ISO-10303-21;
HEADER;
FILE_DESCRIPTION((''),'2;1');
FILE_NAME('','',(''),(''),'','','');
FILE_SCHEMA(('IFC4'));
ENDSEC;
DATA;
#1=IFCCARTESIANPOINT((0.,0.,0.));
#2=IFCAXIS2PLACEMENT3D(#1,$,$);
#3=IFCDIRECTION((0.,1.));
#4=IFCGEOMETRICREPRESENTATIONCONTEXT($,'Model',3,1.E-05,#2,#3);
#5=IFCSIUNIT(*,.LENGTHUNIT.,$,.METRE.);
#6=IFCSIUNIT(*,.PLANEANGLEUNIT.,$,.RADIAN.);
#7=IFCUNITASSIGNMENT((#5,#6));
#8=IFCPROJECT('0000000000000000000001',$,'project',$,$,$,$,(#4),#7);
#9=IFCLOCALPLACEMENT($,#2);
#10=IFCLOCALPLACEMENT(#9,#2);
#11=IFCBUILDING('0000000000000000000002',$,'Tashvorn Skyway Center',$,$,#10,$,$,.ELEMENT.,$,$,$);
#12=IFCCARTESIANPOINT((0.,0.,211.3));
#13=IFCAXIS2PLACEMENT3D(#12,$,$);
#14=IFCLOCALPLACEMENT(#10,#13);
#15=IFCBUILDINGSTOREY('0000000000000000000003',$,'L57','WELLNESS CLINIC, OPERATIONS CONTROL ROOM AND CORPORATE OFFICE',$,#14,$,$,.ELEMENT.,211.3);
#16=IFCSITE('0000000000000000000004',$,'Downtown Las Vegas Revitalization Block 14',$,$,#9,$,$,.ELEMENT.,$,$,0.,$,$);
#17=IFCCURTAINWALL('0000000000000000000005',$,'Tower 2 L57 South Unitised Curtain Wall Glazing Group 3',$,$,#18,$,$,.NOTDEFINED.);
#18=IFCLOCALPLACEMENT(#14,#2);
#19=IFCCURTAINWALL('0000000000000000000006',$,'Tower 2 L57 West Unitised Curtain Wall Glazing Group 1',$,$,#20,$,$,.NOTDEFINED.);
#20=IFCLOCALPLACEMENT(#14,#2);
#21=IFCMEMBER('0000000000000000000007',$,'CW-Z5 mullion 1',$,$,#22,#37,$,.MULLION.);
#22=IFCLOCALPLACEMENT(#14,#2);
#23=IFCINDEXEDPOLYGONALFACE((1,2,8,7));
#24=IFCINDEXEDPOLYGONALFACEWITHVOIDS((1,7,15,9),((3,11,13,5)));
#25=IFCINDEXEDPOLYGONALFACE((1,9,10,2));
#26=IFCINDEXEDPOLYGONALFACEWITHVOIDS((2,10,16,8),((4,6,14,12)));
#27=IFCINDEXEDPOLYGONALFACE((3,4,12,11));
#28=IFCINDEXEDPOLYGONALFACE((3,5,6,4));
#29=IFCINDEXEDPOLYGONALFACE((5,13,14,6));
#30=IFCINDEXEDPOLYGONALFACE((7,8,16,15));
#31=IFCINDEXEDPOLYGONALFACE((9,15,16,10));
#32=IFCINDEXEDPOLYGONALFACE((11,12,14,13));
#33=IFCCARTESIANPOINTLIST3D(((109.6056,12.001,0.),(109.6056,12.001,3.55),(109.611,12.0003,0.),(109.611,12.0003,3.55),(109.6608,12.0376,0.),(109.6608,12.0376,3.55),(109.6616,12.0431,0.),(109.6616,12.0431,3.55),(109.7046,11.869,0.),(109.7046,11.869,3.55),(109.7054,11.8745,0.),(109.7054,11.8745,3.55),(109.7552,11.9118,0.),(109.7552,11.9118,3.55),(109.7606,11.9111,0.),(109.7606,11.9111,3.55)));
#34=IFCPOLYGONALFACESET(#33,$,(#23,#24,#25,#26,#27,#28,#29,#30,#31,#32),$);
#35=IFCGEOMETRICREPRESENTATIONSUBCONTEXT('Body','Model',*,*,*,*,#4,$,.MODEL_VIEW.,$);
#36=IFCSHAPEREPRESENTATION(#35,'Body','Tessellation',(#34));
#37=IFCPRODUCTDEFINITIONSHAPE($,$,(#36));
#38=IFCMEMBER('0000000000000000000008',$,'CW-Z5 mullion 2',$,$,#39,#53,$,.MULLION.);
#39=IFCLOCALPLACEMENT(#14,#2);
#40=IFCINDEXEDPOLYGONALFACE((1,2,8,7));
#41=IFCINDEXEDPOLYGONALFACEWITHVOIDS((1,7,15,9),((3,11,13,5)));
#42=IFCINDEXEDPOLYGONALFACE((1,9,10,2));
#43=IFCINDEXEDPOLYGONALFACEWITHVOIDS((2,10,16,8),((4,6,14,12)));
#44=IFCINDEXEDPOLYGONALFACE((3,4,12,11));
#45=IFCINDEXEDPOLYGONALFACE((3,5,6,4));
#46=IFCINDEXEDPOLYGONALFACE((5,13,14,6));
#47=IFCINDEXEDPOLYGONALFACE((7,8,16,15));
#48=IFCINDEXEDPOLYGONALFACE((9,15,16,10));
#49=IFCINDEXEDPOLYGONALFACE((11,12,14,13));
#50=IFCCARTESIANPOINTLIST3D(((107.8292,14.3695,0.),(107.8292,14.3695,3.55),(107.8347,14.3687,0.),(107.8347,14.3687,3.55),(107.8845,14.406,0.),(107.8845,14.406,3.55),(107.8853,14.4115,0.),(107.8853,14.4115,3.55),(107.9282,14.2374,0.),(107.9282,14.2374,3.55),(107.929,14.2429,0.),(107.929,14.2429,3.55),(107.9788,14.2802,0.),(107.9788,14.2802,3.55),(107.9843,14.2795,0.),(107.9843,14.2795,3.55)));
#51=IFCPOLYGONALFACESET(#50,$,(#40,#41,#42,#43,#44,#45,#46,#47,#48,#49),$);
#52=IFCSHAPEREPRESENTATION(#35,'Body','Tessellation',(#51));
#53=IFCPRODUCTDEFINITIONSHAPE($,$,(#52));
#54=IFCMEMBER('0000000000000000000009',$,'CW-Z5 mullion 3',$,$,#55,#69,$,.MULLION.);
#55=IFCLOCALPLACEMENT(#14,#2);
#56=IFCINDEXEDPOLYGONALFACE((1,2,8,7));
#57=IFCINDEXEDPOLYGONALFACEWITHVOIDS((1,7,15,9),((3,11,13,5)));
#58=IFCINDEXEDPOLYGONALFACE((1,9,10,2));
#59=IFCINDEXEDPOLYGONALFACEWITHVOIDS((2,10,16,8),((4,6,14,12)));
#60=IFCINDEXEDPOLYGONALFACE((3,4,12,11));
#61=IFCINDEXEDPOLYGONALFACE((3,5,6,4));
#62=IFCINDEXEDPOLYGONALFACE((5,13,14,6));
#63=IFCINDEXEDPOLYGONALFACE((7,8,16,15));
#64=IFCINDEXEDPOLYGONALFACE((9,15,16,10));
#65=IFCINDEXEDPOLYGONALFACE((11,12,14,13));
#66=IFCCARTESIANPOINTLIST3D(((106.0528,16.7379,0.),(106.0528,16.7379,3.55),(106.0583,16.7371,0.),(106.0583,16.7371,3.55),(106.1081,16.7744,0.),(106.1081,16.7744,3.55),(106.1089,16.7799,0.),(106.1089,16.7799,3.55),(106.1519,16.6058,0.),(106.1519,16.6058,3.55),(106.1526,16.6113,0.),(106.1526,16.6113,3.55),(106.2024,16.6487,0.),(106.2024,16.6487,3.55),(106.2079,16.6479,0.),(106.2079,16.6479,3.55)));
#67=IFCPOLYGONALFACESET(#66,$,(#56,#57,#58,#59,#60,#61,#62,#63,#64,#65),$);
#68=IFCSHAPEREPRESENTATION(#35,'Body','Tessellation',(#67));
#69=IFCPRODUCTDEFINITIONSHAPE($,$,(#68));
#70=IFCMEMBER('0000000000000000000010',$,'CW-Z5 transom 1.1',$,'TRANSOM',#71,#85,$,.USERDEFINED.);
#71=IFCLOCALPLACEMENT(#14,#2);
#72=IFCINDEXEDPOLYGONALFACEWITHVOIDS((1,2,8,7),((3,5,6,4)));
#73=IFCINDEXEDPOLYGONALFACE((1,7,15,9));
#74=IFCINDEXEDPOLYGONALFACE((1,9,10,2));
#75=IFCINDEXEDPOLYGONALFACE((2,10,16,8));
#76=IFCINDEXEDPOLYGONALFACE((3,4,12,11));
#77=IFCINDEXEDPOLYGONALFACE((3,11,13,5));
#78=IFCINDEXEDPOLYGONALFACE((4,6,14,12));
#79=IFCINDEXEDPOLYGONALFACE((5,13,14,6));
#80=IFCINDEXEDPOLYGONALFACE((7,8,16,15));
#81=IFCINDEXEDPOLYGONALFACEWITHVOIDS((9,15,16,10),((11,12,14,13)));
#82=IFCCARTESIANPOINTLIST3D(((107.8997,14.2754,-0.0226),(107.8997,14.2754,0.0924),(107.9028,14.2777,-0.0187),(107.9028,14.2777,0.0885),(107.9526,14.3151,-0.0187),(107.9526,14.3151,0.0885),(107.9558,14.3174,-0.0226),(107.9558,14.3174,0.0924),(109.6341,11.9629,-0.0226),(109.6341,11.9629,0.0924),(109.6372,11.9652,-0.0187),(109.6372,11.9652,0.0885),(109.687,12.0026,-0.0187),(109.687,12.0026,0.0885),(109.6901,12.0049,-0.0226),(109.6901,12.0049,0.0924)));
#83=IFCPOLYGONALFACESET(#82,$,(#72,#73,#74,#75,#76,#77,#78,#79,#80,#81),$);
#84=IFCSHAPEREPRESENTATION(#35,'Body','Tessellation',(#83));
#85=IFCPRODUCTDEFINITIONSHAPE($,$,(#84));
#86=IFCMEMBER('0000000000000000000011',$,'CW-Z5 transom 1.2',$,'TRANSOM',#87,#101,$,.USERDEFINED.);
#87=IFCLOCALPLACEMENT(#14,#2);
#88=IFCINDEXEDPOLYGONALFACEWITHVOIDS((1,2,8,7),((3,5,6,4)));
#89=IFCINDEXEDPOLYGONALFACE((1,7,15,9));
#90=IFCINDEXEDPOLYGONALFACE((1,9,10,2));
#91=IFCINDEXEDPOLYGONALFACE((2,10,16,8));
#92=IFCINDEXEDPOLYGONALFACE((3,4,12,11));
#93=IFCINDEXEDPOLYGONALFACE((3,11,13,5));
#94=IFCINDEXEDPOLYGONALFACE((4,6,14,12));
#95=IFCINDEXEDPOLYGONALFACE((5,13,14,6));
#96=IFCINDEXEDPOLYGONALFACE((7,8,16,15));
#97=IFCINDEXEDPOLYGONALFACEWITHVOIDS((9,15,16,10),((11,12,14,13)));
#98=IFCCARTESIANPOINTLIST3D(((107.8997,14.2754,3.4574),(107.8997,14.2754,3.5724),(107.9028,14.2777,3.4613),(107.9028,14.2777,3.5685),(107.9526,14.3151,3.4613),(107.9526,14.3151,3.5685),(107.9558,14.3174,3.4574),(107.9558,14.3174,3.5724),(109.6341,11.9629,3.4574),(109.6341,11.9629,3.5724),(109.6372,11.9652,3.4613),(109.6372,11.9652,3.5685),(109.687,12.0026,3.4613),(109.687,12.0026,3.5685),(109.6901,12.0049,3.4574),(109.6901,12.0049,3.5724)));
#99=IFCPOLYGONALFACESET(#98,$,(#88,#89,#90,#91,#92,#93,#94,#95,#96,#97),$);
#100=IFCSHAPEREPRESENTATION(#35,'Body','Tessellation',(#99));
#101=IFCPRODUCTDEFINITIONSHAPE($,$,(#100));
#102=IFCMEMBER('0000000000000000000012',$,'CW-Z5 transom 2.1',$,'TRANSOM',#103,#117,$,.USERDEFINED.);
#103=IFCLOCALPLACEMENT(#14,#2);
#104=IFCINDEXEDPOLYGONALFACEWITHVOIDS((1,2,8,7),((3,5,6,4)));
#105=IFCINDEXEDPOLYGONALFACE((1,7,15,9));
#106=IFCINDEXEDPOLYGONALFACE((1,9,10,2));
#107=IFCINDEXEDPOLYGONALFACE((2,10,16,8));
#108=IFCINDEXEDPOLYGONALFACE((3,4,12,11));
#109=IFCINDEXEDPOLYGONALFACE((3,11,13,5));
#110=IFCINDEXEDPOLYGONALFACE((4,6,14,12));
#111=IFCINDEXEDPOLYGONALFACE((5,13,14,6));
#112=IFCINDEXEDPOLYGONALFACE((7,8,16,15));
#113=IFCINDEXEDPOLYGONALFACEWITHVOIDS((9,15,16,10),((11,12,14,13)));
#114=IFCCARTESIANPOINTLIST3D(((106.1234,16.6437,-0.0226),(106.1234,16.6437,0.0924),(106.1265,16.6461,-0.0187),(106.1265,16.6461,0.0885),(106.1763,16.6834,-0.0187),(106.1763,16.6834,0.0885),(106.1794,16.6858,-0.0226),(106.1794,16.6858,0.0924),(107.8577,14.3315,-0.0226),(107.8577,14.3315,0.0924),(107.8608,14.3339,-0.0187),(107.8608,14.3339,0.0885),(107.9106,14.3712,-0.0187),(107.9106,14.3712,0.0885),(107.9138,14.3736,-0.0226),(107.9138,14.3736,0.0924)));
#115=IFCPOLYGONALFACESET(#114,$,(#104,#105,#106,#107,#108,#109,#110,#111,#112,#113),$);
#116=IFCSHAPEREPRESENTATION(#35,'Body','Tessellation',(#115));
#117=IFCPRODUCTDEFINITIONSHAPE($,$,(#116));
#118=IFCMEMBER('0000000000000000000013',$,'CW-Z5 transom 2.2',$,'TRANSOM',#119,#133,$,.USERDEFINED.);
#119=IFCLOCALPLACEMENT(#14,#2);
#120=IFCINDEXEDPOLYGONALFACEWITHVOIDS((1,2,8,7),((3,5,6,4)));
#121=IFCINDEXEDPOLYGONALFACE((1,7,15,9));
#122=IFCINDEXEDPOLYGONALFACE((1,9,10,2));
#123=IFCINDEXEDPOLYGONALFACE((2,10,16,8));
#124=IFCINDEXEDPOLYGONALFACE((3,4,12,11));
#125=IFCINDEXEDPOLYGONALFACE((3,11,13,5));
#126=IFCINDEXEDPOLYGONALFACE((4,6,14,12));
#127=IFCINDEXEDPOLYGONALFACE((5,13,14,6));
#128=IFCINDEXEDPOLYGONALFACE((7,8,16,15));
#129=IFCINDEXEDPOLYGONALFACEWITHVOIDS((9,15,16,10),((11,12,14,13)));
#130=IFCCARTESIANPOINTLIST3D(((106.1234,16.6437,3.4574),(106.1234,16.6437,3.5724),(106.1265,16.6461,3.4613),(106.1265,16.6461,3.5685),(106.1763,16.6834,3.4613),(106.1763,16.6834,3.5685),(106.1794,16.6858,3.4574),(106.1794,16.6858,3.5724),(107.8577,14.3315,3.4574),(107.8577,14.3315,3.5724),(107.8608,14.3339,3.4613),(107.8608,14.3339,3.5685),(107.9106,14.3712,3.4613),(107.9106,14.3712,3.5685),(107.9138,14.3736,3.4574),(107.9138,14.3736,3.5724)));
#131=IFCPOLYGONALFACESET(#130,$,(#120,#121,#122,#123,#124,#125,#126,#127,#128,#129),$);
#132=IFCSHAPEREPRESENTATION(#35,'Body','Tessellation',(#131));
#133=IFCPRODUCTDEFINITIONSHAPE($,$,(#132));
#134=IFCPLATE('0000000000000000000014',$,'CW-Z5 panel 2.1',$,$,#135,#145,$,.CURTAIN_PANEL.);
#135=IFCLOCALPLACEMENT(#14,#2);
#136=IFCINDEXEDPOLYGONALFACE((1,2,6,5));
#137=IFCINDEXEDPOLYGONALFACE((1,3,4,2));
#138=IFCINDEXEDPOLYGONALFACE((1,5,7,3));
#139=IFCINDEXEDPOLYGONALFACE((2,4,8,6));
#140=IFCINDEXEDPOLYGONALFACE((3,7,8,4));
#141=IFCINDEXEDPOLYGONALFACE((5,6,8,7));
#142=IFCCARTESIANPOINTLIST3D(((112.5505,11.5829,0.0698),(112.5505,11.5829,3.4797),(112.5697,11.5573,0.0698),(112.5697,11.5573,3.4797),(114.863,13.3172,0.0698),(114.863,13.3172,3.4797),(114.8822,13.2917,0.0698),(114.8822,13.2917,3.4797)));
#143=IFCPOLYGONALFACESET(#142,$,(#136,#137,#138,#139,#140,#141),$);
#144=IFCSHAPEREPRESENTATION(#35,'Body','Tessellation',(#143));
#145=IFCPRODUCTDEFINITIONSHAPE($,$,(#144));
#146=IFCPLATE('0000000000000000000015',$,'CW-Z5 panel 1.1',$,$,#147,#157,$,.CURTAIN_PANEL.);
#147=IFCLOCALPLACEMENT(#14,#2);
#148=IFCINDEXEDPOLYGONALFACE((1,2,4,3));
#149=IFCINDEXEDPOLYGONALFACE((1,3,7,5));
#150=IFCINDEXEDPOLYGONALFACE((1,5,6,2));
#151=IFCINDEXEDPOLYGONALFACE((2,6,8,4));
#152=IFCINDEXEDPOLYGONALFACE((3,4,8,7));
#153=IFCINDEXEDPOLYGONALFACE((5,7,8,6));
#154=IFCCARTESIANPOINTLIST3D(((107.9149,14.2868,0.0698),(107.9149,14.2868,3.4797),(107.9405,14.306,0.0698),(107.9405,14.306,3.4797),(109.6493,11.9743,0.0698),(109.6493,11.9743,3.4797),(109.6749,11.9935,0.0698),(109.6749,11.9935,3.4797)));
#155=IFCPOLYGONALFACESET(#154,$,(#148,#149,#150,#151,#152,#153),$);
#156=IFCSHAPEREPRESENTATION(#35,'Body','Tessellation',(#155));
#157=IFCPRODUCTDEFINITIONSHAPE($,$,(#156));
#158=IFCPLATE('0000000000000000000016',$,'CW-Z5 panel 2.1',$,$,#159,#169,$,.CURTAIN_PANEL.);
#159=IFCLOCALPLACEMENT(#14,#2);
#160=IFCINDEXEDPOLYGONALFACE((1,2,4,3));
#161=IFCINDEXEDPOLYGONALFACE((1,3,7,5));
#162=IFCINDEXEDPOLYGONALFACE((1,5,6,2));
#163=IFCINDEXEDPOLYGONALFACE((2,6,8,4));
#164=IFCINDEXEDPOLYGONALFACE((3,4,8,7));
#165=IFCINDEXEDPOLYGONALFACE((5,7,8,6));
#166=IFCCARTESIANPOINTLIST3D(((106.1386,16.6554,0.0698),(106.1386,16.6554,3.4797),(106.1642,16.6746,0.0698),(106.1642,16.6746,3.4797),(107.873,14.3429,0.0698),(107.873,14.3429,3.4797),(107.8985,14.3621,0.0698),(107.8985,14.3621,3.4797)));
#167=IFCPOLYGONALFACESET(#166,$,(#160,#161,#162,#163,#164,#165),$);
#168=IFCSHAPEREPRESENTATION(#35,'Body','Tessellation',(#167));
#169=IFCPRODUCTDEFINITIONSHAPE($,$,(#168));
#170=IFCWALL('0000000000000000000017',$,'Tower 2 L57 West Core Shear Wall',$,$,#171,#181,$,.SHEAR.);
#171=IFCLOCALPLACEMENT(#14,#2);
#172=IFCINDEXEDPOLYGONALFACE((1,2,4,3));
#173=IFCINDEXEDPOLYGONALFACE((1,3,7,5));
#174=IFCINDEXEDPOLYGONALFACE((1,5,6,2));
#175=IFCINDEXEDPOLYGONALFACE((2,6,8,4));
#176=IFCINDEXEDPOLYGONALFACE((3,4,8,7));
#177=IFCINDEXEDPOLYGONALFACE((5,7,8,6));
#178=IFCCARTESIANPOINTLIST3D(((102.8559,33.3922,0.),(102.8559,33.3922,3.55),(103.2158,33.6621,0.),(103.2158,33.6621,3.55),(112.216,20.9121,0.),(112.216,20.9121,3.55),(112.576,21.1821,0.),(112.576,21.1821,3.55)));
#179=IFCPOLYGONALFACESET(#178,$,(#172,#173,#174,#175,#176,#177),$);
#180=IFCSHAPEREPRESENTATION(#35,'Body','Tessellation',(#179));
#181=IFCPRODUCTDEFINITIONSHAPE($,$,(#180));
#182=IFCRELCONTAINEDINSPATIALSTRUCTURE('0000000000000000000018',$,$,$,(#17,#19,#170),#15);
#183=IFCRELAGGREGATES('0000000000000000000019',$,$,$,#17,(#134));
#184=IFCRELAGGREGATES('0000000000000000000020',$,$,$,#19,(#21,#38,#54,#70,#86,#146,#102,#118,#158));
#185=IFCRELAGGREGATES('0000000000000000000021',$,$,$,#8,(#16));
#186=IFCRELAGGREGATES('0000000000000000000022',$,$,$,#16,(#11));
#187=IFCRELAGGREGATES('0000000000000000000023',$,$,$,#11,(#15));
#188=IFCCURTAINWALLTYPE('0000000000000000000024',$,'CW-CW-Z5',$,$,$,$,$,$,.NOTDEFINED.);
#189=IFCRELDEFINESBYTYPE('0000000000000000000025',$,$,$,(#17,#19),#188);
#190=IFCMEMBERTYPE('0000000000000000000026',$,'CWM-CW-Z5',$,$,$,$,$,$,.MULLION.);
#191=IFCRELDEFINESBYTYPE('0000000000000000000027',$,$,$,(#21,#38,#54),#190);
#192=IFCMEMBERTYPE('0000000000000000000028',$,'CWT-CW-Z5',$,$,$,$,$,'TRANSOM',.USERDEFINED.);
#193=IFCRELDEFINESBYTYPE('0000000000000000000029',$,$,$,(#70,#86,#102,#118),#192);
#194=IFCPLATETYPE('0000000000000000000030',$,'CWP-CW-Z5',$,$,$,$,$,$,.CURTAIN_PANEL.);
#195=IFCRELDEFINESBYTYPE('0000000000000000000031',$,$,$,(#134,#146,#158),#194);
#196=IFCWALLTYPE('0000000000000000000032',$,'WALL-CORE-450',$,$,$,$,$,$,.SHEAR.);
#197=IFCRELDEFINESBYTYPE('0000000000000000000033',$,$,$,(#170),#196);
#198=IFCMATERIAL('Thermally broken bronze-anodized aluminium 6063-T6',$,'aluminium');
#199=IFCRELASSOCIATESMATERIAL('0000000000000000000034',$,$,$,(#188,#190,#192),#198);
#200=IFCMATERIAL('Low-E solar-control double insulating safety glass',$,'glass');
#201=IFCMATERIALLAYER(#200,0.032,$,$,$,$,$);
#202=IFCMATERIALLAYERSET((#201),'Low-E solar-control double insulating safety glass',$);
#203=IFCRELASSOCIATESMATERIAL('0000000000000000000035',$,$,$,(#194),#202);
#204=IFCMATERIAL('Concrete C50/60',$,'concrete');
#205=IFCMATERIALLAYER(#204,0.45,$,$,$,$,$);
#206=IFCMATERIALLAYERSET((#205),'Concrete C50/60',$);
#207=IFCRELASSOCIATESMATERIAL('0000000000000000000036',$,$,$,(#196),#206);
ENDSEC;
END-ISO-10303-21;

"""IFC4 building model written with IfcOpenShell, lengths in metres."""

from ifc_helpers import new_model, si_unit, direction, frame, frame_2d, origin, origin_2d, place, context, subcontext, project, spatial, rectangle, hollow_rectangle, extrude, material, layer, layer_set, material_profile, profile_set, type_object, element, aggregate, save


model = new_model("IFC4")

# Units and contexts
model_context = context("Model", 3, precision=1e-05, world=origin(), true_north=direction((0.0, 1.0)))
body_context = subcontext(model_context, "Body", "Model", "MODEL_VIEW")
ifc_project = project(units=[si_unit("LENGTHUNIT", "METRE"), si_unit("PLANEANGLEUNIT", "RADIAN")], contexts=[model_context])

# Site, building, storey
site_placement = place(None, origin())
site = spatial("IfcSite", under=ifc_project, at=site_placement, Name="Downtown Las Vegas Revitalization Block 14", CompositionType="ELEMENT", RefElevation=0.0)
building_placement = place(site_placement, origin())
building = spatial("IfcBuilding", under=site, at=building_placement, Name="Tashvorn Skyway Center", CompositionType="ELEMENT")
storey_placement = place(building_placement, frame((0.0, 0.0, 211.3)))
storey = spatial("IfcBuildingStorey", under=building, at=storey_placement, Name="L57", Description="WELLNESS CLINIC, OPERATIONS CONTROL ROOM AND CORPORATE OFFICE", CompositionType="ELEMENT", Elevation=211.3)

# Shared definitions
ifc_material_1 = material(Name="Concrete C50/60", Category="concrete")

# Curtain wall
ifc_material_2 = material(Name="Thermally broken bronze-anodized aluminium 6063-T6", Category="aluminium")
curtain_wall_type = type_object("IfcCurtainWallType", Name="CW-CW-Z5", PredefinedType="NOTDEFINED", material=ifc_material_2)
curtain_wall_1_placement = place(storey_placement, origin())
curtain_wall_1 = element("IfcCurtainWall", 1, at=curtain_wall_1_placement, inside=storey, type_object=curtain_wall_type, Name="Tower 2 L57 South Unitised Curtain Wall Glazing Group 3", PredefinedType="NOTDEFINED")
ifc_material_profile_1 = material_profile(ifc_material_2, hollow_rectangle(XDim=0.0701, YDim=0.165, WallThickness=0.0039, at=origin_2d()), Name="ALU-MULL-70x165")
ifc_profile_set_1 = profile_set([ifc_material_profile_1], Name="Thermally broken bronze-anodized aluminium 6063-T6")
member_type_1 = type_object("IfcMemberType", Name="CWM-CW-Z5", PredefinedType="MULLION", material=ifc_profile_set_1)

# Curtain wall, members
curtain_wall_2_placement = place(storey_placement, origin())
curtain_wall_2 = element("IfcCurtainWall", 2, at=curtain_wall_2_placement, inside=storey, type_object=curtain_wall_type, Name="Tower 2 L57 West Unitised Curtain Wall Glazing Group 1", PredefinedType="NOTDEFINED")
member_1_placement = place(storey_placement, frame((109.6831, 11.9561, 0.0), z_axis=(0.0, 0.0, 1.0), x_axis=(-0.799998, -0.600003, 0.0)))
member_1 = element("IfcMember", 3, at=member_1_placement, type_object=member_type_1, Name="CW-Z5 mullion 1", PredefinedType="MULLION", context=body_context, shape_type="SweptSolid", body=[
    extrude(hollow_rectangle(XDim=0.0701, YDim=0.165, WallThickness=0.0039, at=origin_2d()), origin(), (0.0, 0.0, 1.0), 3.55),
])
member_2_placement = place(storey_placement, frame((107.9067, 14.3245, 0.0), z_axis=(0.0, 0.0, 1.0), x_axis=(-0.799998, -0.600003, 0.0)))
member_2 = element("IfcMember", 4, at=member_2_placement, type_object=member_type_1, Name="CW-Z5 mullion 2", PredefinedType="MULLION", context=body_context, shape_type="SweptSolid", body=[
    extrude(hollow_rectangle(XDim=0.0701, YDim=0.165, WallThickness=0.0039, at=origin_2d()), origin(), (0.0, 0.0, 1.0), 3.55),
])
member_3_placement = place(storey_placement, frame((106.1304, 16.6929, 0.0), z_axis=(0.0, 0.0, 1.0), x_axis=(-0.799998, -0.600003, 0.0)))
member_3 = element("IfcMember", 5, at=member_3_placement, type_object=member_type_1, Name="CW-Z5 mullion 3", PredefinedType="MULLION", context=body_context, shape_type="SweptSolid", body=[
    extrude(hollow_rectangle(XDim=0.0701, YDim=0.165, WallThickness=0.0039, at=origin_2d()), origin(), (0.0, 0.0, 1.0), 3.55),
])
ifc_material_profile_2 = material_profile(ifc_material_2, hollow_rectangle(XDim=0.0701, YDim=0.115, WallThickness=0.0039, at=origin_2d()), Name="ALU-TRAN-70x115")
ifc_profile_set_2 = profile_set([ifc_material_profile_2], Name="Thermally broken bronze-anodized aluminium 6063-T6")
member_type_2 = type_object("IfcMemberType", Name="CWT-CW-Z5", ElementType="TRANSOM", PredefinedType="USERDEFINED", material=ifc_profile_set_2)
member_4_placement = place(storey_placement, frame((109.6621, 11.9839, 0.0349), z_axis=(-0.6, 0.8, 0.0), x_axis=(-0.8, -0.6, 0.0)))
member_4 = element("IfcMember", 6, at=member_4_placement, type_object=member_type_2, Name="CW-Z5 transom 1.1", ObjectType="TRANSOM", PredefinedType="USERDEFINED", context=body_context, shape_type="SweptSolid", body=[
    extrude(hollow_rectangle(XDim=0.0701, YDim=0.115, WallThickness=0.0039, at=origin_2d()), origin(), (0.0, 0.0, 1.0), 2.8906),
])
member_5_placement = place(storey_placement, frame((109.6621, 11.9839, 3.5149), z_axis=(-0.6, 0.8, 0.0), x_axis=(-0.8, -0.6, 0.0)))
member_5 = element("IfcMember", 7, at=member_5_placement, type_object=member_type_2, Name="CW-Z5 transom 1.2", ObjectType="TRANSOM", PredefinedType="USERDEFINED", context=body_context, shape_type="SweptSolid", body=[
    extrude(hollow_rectangle(XDim=0.0701, YDim=0.115, WallThickness=0.0039, at=origin_2d()), origin(), (0.0, 0.0, 1.0), 2.8906),
])
member_6_placement = place(storey_placement, frame((107.8857, 14.3525, 0.0349), z_axis=(-0.600041, 0.79997, 0.0), x_axis=(-0.79997, -0.600041, 0.0)))
member_6 = element("IfcMember", 8, at=member_6_placement, type_object=member_type_2, Name="CW-Z5 transom 2.1", ObjectType="TRANSOM", PredefinedType="USERDEFINED", context=body_context, shape_type="SweptSolid", body=[
    extrude(hollow_rectangle(XDim=0.0701, YDim=0.115, WallThickness=0.0039, at=origin_2d()), origin(), (0.0, 0.0, 1.0), 2.8904),
])
member_7_placement = place(storey_placement, frame((107.8857, 14.3525, 3.5149), z_axis=(-0.600041, 0.79997, 0.0), x_axis=(-0.79997, -0.600041, 0.0)))
member_7 = element("IfcMember", 9, at=member_7_placement, type_object=member_type_2, Name="CW-Z5 transom 2.2", ObjectType="TRANSOM", PredefinedType="USERDEFINED", context=body_context, shape_type="SweptSolid", body=[
    extrude(hollow_rectangle(XDim=0.0701, YDim=0.115, WallThickness=0.0039, at=origin_2d()), origin(), (0.0, 0.0, 1.0), 2.8904),
])

# Plates
ifc_material_3 = material(Name="Low-E solar-control double insulating safety glass", Category="glass")
ifc_layer_1 = layer(ifc_material_3, 0.032)
ifc_layer_set_1 = layer_set([ifc_layer_1], Name="Low-E solar-control double insulating safety glass")
plate_type = type_object("IfcPlateType", Name="CWP-CW-Z5", PredefinedType="CURTAIN_PANEL", material=ifc_layer_set_1)
plate_1_placement = place(storey_placement, frame((113.7163, 12.4373, 0.0698), z_axis=(0.0, 0.0, 1.0), x_axis=(-0.799998, -0.600003, 0.0)))
plate_1 = element("IfcPlate", 10, at=plate_1_placement, type_object=plate_type, Name="CW-Z5 panel 2.1", PredefinedType="CURTAIN_PANEL", context=body_context, shape_type="SweptSolid", body=[
    extrude(rectangle(XDim=2.8906, YDim=0.032, at=origin_2d()), origin(), (0.0, 0.0, 1.0), 3.4099),
])
aggregate(curtain_wall_1, [plate_1])
plate_2_placement = place(storey_placement, frame((108.7949, 13.1401, 0.0698), z_axis=(0.0, 0.0, 1.0), x_axis=(-0.600003, 0.799998, 0.0)))
plate_2 = element("IfcPlate", 11, at=plate_2_placement, type_object=plate_type, Name="CW-Z5 panel 1.1", PredefinedType="CURTAIN_PANEL", context=body_context, shape_type="SweptSolid", body=[
    extrude(rectangle(XDim=2.8906, YDim=0.032, at=origin_2d()), origin(), (0.0, 0.0, 1.0), 3.4099),
])
plate_3_placement = place(storey_placement, frame((107.0186, 15.5088, 0.0698), z_axis=(0.0, 0.0, 1.0), x_axis=(-0.600003, 0.799998, 0.0)))
plate_3 = element("IfcPlate", 12, at=plate_3_placement, type_object=plate_type, Name="CW-Z5 panel 2.1", PredefinedType="CURTAIN_PANEL", context=body_context, shape_type="SweptSolid", body=[
    extrude(rectangle(XDim=2.8906, YDim=0.032, at=origin_2d()), origin(), (0.0, 0.0, 1.0), 3.4099),
])
aggregate(curtain_wall_2, [member_1, member_2, member_3, member_4, member_5, plate_2, member_6, member_7, plate_3])

# Wall
ifc_layer_2 = layer(ifc_material_1, 0.45)
ifc_layer_set_2 = layer_set([ifc_layer_2], Name="Concrete C50/60")
wall_type_1 = type_object("IfcWallType", Name="WALL-CORE-450", PredefinedType="SHEAR", material=ifc_layer_set_2)
wall_1_placement = place(storey_placement, frame((112.396, 21.0471, 0.0), z_axis=(0.0, 0.0, 1.0), x_axis=(-0.600005, 0.799996, 0.0)))
element("IfcWall", 13, at=wall_1_placement, inside=storey, type_object=wall_type_1, Name="Tower 2 L57 West Core Shear Wall", PredefinedType="SHEAR", context=body_context, shape_type="SweptSolid", body=[
    extrude(rectangle(XDim=15.6001, YDim=0.45, at=frame_2d((7.8, 0.0))), origin(), (0.0, 0.0, 1.0), 3.55),
])

save(model, "model.ifc")
